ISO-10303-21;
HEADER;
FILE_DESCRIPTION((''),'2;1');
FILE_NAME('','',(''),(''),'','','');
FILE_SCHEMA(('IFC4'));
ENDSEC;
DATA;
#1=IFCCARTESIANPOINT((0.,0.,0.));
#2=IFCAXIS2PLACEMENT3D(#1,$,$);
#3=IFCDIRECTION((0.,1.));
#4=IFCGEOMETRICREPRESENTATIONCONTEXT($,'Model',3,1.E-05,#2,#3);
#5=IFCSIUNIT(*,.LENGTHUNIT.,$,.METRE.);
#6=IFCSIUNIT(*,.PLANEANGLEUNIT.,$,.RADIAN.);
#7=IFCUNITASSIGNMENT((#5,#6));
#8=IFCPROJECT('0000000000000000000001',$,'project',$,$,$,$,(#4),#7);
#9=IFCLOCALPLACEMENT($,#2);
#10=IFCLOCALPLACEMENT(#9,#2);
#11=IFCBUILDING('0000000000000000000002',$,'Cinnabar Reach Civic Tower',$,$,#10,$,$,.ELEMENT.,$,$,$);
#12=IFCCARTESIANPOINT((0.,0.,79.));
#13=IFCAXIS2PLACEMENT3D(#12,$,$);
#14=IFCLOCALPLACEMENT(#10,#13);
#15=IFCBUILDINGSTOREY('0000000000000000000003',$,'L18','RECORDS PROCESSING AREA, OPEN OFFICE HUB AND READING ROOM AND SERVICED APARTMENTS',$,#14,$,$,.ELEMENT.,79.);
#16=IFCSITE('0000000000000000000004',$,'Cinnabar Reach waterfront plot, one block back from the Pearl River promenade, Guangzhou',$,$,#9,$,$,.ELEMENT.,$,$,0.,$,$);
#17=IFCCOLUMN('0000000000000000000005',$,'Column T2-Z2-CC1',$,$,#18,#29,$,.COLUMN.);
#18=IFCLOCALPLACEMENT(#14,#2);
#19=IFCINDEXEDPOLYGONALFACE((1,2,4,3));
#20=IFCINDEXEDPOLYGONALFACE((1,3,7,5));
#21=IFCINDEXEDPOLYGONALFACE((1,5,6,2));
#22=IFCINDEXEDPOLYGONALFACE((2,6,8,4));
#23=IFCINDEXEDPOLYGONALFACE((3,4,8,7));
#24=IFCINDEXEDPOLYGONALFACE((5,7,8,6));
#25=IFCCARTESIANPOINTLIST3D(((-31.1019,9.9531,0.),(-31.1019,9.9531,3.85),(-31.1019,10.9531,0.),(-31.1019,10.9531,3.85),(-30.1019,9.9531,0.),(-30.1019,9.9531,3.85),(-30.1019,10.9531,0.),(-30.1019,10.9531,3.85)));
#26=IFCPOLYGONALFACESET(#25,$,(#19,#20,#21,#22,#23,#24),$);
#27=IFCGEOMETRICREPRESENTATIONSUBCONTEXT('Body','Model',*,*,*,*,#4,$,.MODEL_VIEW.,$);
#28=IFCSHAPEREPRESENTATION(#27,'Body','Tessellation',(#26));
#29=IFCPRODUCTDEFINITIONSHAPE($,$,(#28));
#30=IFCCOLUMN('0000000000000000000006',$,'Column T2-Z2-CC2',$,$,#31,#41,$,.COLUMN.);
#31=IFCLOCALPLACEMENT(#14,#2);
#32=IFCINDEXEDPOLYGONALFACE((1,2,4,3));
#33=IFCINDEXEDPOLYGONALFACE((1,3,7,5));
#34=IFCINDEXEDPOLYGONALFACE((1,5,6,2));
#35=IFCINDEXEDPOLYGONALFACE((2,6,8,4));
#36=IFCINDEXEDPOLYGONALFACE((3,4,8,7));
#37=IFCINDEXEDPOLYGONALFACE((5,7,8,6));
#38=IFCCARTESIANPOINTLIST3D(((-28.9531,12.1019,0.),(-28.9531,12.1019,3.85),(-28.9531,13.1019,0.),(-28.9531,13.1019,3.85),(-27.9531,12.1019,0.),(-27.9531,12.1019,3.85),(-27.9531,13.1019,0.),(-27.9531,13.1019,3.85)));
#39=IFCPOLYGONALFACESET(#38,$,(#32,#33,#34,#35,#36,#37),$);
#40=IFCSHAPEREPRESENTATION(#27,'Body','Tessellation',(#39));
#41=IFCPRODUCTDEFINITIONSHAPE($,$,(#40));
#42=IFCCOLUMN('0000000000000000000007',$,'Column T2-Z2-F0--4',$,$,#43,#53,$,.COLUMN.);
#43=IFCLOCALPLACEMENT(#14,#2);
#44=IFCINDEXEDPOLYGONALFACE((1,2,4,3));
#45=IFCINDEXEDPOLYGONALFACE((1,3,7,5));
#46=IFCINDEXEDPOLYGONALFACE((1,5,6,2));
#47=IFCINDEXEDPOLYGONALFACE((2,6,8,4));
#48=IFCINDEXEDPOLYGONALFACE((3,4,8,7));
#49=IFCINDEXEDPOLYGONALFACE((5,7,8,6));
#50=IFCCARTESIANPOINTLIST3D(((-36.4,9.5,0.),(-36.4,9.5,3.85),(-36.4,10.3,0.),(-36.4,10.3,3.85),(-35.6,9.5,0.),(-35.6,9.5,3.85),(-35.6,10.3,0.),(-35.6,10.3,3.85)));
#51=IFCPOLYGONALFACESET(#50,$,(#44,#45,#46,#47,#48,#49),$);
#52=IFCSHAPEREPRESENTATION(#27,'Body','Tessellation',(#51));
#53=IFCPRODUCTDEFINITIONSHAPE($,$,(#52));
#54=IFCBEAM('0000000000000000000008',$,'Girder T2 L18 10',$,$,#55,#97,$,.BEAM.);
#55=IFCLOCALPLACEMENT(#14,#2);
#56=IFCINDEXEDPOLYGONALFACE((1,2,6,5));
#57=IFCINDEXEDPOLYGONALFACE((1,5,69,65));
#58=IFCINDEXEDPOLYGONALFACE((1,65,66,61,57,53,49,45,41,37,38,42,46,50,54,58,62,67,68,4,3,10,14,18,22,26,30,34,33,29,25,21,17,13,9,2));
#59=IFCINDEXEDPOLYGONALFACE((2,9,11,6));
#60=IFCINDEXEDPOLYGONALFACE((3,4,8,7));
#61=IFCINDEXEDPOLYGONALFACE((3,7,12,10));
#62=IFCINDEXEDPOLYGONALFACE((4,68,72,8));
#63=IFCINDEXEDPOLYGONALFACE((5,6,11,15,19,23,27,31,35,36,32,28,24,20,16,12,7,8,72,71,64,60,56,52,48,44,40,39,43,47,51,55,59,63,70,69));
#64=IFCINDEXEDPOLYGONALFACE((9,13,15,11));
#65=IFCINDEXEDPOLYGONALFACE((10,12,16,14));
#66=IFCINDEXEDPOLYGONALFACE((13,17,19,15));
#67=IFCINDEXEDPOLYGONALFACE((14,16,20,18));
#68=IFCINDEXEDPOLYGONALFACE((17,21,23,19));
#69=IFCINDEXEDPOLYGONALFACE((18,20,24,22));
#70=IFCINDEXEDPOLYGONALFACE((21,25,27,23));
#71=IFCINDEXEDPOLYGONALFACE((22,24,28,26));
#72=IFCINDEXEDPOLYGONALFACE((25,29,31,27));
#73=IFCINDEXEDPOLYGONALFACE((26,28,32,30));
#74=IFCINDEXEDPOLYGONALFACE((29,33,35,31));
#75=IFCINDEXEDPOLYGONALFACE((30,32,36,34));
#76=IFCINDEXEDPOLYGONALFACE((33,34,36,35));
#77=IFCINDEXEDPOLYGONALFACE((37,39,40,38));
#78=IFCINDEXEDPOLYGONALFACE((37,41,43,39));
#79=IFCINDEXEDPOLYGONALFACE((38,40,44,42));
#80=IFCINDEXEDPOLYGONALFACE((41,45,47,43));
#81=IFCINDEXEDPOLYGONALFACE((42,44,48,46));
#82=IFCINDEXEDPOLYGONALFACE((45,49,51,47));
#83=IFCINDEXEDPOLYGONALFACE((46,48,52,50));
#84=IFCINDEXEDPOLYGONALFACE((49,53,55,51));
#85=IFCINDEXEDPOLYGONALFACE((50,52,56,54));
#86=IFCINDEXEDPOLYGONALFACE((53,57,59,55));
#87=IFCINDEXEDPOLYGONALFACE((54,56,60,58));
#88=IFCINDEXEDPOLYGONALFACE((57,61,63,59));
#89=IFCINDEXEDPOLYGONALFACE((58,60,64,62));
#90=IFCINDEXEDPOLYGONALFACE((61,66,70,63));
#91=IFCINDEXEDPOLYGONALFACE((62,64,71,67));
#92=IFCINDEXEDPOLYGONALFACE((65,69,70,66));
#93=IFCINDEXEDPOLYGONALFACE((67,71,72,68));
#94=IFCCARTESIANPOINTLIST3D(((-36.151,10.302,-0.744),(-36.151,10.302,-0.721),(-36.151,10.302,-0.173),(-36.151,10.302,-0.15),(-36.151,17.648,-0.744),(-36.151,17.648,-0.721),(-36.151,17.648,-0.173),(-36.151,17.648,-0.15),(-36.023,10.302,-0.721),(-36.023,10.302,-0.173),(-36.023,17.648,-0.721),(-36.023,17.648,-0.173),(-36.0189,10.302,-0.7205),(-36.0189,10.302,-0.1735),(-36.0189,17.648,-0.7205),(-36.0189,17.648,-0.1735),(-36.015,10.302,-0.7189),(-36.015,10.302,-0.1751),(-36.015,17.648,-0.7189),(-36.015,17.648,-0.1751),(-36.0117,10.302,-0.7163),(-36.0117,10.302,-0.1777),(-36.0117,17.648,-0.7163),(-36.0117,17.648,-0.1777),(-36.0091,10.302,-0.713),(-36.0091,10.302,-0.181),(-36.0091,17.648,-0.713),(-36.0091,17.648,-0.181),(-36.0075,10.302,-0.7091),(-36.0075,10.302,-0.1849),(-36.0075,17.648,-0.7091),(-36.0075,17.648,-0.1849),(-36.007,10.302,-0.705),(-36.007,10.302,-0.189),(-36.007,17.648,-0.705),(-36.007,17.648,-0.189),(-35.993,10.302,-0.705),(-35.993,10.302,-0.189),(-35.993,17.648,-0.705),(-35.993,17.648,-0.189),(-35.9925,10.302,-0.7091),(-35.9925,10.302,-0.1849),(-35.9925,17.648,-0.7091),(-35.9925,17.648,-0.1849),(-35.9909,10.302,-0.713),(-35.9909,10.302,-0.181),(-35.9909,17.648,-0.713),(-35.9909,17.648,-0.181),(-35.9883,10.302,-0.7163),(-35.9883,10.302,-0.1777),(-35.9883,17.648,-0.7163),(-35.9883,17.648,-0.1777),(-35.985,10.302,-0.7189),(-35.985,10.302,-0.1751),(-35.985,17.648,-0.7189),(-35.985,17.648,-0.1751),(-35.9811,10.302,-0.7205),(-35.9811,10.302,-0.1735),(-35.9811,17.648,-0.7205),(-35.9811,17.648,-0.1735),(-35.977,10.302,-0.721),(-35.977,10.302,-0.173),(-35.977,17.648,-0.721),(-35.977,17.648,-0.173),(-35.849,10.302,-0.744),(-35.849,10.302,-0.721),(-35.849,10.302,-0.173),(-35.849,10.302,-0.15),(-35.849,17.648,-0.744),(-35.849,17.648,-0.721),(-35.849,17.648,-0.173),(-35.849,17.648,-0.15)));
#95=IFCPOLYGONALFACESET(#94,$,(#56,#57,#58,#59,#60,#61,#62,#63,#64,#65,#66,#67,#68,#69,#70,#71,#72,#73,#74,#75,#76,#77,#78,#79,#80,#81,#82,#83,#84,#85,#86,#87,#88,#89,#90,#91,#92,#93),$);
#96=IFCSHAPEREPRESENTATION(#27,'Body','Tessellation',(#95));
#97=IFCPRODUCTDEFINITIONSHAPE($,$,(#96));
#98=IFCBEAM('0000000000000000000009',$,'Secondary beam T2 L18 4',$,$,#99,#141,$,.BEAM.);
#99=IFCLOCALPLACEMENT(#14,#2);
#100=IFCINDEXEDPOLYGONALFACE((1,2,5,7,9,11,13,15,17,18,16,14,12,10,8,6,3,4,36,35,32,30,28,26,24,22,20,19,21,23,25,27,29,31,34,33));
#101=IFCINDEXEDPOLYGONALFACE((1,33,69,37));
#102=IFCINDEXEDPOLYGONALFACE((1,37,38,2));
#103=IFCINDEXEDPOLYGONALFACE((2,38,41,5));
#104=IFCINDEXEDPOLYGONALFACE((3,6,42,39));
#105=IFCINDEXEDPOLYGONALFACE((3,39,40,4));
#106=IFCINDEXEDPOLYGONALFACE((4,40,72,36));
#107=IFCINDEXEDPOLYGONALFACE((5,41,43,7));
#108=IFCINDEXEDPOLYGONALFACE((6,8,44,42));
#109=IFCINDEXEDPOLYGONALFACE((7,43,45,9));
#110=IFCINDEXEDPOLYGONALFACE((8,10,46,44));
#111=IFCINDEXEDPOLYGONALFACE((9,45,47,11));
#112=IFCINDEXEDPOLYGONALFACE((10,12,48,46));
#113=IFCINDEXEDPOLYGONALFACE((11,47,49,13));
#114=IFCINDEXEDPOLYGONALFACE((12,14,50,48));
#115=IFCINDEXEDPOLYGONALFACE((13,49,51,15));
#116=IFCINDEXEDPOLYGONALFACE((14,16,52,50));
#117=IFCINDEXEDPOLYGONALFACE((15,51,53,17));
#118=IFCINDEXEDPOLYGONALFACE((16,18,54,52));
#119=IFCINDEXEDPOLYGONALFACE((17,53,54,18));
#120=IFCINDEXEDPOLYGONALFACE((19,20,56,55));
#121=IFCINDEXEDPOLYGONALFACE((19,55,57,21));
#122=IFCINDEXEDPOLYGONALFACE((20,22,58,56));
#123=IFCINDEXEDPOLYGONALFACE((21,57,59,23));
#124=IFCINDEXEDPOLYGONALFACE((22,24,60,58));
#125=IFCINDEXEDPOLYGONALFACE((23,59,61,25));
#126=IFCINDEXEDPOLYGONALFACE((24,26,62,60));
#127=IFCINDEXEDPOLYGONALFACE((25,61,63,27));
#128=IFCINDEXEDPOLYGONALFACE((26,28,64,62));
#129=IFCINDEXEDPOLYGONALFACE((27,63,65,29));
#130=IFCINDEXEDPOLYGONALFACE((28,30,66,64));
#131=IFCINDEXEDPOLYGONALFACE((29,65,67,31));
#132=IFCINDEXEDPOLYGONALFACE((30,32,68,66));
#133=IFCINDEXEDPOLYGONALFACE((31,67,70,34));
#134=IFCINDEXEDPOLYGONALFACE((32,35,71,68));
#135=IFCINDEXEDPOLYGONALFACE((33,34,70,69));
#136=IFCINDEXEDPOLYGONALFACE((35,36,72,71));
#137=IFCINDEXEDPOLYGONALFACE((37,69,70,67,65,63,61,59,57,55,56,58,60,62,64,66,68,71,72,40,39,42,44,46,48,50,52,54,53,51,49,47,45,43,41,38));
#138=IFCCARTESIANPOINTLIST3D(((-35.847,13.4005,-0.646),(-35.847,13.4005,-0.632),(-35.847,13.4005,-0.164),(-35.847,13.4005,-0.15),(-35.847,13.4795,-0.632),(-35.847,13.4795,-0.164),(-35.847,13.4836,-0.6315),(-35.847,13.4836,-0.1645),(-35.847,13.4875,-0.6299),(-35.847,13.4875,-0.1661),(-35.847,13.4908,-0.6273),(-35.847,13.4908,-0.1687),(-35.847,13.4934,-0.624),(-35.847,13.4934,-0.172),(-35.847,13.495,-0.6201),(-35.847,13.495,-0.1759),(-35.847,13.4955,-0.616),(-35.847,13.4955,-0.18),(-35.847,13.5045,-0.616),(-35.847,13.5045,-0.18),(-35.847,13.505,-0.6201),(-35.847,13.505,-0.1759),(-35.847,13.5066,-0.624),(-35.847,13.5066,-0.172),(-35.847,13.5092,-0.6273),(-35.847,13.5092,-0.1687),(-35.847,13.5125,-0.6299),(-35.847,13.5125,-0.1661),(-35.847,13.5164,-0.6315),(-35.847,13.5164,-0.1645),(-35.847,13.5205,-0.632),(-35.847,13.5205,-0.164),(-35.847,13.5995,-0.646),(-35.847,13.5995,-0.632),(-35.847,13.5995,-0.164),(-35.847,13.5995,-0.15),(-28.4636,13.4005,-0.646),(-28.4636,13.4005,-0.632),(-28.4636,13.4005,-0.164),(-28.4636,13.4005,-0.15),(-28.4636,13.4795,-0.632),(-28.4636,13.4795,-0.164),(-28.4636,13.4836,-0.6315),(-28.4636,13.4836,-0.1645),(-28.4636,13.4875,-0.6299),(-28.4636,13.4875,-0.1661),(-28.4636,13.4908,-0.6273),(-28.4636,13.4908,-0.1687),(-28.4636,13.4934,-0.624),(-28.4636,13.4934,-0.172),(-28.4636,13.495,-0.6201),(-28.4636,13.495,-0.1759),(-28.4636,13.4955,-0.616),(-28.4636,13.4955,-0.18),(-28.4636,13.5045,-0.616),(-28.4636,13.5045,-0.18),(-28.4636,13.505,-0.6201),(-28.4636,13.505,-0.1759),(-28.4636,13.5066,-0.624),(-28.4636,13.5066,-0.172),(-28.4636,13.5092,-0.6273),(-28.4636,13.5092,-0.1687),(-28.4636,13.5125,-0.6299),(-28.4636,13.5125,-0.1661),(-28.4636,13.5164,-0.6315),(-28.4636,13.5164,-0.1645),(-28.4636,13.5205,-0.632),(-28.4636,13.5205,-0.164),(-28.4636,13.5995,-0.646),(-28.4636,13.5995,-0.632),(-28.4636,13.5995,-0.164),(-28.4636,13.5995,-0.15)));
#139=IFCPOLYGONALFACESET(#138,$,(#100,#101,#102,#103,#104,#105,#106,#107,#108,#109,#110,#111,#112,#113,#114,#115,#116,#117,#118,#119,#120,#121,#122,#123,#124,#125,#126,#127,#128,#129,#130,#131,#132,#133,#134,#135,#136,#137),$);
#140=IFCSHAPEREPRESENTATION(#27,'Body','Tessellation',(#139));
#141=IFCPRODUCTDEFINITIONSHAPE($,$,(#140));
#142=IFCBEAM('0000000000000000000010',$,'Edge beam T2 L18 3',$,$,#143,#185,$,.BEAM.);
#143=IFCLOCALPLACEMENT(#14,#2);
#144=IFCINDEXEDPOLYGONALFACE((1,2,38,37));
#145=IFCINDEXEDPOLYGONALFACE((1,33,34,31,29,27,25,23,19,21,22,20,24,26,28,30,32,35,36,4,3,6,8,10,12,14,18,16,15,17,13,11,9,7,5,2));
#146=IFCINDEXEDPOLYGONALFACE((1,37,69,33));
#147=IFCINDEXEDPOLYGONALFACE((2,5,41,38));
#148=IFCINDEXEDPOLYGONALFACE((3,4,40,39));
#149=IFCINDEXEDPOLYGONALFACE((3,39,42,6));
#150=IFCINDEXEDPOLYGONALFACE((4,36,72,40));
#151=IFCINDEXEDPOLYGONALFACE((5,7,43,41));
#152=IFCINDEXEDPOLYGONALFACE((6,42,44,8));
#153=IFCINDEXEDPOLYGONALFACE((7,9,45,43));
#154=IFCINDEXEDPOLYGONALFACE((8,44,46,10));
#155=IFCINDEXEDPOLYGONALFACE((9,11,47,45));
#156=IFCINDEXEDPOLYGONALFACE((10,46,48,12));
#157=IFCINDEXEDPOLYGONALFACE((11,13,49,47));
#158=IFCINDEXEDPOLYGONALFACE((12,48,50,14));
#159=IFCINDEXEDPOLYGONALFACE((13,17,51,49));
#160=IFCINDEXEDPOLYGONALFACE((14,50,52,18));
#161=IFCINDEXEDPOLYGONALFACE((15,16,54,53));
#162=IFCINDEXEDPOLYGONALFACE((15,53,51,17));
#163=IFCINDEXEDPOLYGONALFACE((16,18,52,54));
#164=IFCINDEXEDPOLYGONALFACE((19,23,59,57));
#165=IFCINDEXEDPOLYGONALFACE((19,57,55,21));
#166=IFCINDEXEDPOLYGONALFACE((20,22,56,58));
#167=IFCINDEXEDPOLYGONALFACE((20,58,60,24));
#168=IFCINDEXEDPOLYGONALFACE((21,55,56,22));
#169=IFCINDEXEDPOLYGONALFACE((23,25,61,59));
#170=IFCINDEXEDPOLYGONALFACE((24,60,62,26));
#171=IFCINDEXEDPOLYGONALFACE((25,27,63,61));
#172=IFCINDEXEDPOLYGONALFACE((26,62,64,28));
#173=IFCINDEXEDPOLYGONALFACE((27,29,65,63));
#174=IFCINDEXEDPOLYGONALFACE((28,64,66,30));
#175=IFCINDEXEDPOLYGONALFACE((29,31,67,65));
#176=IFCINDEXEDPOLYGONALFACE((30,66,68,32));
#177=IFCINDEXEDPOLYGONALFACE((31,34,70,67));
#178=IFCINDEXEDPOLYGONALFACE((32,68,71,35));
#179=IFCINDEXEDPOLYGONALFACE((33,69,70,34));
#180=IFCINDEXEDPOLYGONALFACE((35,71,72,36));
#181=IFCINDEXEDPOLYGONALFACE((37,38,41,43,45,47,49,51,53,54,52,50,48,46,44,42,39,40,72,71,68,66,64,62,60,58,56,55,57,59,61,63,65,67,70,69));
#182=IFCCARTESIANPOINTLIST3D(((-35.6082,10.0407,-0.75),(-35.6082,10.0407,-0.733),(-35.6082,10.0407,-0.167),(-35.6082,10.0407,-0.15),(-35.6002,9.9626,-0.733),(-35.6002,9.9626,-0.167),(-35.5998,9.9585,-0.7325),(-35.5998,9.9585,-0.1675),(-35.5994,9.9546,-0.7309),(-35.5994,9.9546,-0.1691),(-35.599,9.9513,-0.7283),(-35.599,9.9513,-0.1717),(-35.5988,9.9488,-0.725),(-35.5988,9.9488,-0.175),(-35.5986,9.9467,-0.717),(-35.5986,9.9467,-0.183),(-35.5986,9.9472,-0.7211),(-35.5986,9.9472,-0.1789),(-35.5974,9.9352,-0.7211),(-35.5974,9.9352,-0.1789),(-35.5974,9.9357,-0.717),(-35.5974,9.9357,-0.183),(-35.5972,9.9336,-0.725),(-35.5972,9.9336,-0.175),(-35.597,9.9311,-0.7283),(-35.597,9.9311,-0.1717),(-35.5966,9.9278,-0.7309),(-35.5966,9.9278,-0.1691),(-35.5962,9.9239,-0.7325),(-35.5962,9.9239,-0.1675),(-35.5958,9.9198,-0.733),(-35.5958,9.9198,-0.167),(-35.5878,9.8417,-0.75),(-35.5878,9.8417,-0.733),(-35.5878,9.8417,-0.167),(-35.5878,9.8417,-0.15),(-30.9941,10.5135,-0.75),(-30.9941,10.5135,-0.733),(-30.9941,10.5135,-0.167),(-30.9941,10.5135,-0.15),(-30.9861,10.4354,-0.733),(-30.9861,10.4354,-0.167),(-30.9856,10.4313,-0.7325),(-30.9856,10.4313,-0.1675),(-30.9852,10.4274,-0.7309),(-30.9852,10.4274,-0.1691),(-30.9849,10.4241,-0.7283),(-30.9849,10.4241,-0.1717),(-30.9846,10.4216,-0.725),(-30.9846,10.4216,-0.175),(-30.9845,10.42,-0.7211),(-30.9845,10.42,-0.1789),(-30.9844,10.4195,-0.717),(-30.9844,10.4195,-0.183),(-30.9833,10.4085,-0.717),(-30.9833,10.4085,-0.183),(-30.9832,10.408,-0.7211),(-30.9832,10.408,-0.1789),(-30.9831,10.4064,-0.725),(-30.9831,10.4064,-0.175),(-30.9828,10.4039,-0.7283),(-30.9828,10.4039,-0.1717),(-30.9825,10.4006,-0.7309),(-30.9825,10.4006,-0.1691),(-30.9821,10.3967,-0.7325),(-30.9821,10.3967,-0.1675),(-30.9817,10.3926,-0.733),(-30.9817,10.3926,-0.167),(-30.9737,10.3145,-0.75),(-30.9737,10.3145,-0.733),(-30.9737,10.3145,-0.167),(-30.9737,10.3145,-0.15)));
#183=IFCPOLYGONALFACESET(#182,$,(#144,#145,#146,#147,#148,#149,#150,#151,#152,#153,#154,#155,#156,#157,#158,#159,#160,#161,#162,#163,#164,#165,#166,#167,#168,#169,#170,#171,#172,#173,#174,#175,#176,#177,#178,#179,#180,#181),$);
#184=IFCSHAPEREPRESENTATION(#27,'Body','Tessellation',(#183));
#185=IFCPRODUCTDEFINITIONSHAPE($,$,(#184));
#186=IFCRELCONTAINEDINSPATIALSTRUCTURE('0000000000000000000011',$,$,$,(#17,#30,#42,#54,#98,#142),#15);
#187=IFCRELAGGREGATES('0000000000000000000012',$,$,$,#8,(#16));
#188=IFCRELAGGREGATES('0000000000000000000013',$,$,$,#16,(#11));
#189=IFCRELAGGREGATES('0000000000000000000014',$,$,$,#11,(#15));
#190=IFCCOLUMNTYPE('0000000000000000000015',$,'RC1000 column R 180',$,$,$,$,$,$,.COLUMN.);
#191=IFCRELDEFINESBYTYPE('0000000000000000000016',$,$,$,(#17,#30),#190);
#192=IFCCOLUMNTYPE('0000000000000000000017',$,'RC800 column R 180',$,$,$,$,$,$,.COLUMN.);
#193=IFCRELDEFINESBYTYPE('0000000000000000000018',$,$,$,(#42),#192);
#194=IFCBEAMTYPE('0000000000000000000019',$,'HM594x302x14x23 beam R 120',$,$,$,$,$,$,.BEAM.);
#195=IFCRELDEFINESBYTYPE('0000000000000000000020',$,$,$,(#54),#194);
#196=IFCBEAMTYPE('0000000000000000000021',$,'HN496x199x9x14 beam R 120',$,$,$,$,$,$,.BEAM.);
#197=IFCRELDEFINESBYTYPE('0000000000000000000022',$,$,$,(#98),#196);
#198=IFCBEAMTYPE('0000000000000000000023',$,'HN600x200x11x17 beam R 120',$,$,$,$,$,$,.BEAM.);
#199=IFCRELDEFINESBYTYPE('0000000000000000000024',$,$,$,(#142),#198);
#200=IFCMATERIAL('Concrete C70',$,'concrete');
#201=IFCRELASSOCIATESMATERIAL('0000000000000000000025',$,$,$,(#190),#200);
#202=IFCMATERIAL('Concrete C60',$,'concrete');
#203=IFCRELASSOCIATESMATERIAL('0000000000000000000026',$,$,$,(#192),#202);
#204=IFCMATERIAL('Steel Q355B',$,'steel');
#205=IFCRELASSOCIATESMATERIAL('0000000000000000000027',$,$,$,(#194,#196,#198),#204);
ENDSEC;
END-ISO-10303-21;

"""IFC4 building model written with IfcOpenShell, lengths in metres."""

from ifc_helpers import new_model, si_unit, direction, frame, origin, origin_2d, place, context, subcontext, project, spatial, rectangle, i_section, extrude, material, material_profile, profile_set, type_object, element, save


model = new_model("IFC4")

# Units and contexts
model_context = context("Model", 3, precision=1e-05, world=origin(), true_north=direction((0.0, 1.0)))
body_context = subcontext(model_context, "Body", "Model", "MODEL_VIEW")
ifc_project = project(units=[si_unit("LENGTHUNIT", "METRE"), si_unit("PLANEANGLEUNIT", "RADIAN")], contexts=[model_context])

# Site, building, storey
site_placement = place(None, origin())
site = spatial("IfcSite", under=ifc_project, at=site_placement, Name="Cinnabar Reach waterfront plot, one block back from the Pearl River promenade, Guangzhou", CompositionType="ELEMENT", RefElevation=0.0)
building_placement = place(site_placement, origin())
building = spatial("IfcBuilding", under=site, at=building_placement, Name="Cinnabar Reach Civic Tower", CompositionType="ELEMENT")
storey_placement = place(building_placement, frame((0.0, 0.0, 79.0)))
storey = spatial("IfcBuildingStorey", under=building, at=storey_placement, Name="L18", Description="RECORDS PROCESSING AREA, OPEN OFFICE HUB AND READING ROOM AND SERVICED APARTMENTS", CompositionType="ELEMENT", Elevation=79.0)

# Columns
ifc_material_1 = material(Name="Concrete C70", Category="concrete")
ifc_material_profile_1 = material_profile(ifc_material_1, rectangle(XDim=1.0, YDim=1.0, at=origin_2d()), Name="RC1000")
ifc_profile_set_1 = profile_set([ifc_material_profile_1], Name="Concrete C70")
column_type_1 = type_object("IfcColumnType", Name="RC1000 column R 180", PredefinedType="COLUMN", material=ifc_profile_set_1)
for number, where, z_axis, x_axis, name in (
    (1, (-30.6019, 10.4531, 0.0), (0.0, 0.0, 1.0), (1.0, 0.0, 0.0), "Column T2-Z2-CC1"),
    (2, (-28.4531, 12.6019, 0.0), (0.0, 0.0, 1.0), (1.0, 0.0, 0.0), "Column T2-Z2-CC2"),
):
    element("IfcColumn", number, at=place(storey_placement, frame(where, z_axis=z_axis, x_axis=x_axis)), inside=storey, type_object=column_type_1, Name=name, PredefinedType="COLUMN", context=body_context, shape_type="SweptSolid", body=[
        extrude(rectangle(XDim=1.0, YDim=1.0, at=origin_2d()), origin(), (0.0, 0.0, 1.0), 3.85),
    ])
ifc_material_2 = material(Name="Concrete C60", Category="concrete")
ifc_material_profile_2 = material_profile(ifc_material_2, rectangle(XDim=0.8, YDim=0.8, at=origin_2d()), Name="RC800")
ifc_profile_set_2 = profile_set([ifc_material_profile_2], Name="Concrete C60")
column_type_2 = type_object("IfcColumnType", Name="RC800 column R 180", PredefinedType="COLUMN", material=ifc_profile_set_2)
column_placement = place(storey_placement, frame((-36.0, 9.9, 0.0), z_axis=(0.0, 0.0, 1.0), x_axis=(1.0, 0.0, 0.0)))
element("IfcColumn", 3, at=column_placement, inside=storey, type_object=column_type_2, Name="Column T2-Z2-F0--4", PredefinedType="COLUMN", context=body_context, shape_type="SweptSolid", body=[
    extrude(rectangle(XDim=0.8, YDim=0.8, at=origin_2d()), origin(), (0.0, 0.0, 1.0), 3.85),
])

# Beams
ifc_material_3 = material(Name="Steel Q355B", Category="steel")
ifc_material_profile_3 = material_profile(ifc_material_3, i_section(OverallWidth=0.302, OverallDepth=0.594, WebThickness=0.014, FlangeThickness=0.023, FilletRadius=0.016, at=origin_2d()), Name="HM594x302x14x23")
ifc_profile_set_3 = profile_set([ifc_material_profile_3], Name="Steel Q355B")
beam_type_1 = type_object("IfcBeamType", Name="HM594x302x14x23 beam R 120", PredefinedType="BEAM", material=ifc_profile_set_3)
beam_1_placement = place(storey_placement, frame((-36.0, 10.302, -0.447), z_axis=(0.0, 1.0, 0.0), x_axis=(-1.0, 0.0, 0.0)))
element("IfcBeam", 4, at=beam_1_placement, inside=storey, type_object=beam_type_1, Name="Girder T2 L18 10", PredefinedType="BEAM", context=body_context, shape_type="SweptSolid", body=[
    extrude(i_section(OverallWidth=0.302, OverallDepth=0.594, WebThickness=0.014, FlangeThickness=0.023, FilletRadius=0.016, at=origin_2d()), origin(), (0.0, 0.0, 1.0), 7.346),
])
ifc_material_profile_4 = material_profile(ifc_material_3, i_section(OverallWidth=0.199, OverallDepth=0.496, WebThickness=0.009, FlangeThickness=0.014, FilletRadius=0.016, at=origin_2d()), Name="HN496x199x9x14")
ifc_profile_set_4 = profile_set([ifc_material_profile_4], Name="Steel Q355B")
beam_type_2 = type_object("IfcBeamType", Name="HN496x199x9x14 beam R 120", PredefinedType="BEAM", material=ifc_profile_set_4)
beam_2_placement = place(storey_placement, frame((-35.847, 13.5, -0.398), z_axis=(1.0, 0.0, 0.0), x_axis=(0.0, 1.0, 0.0)))
element("IfcBeam", 5, at=beam_2_placement, inside=storey, type_object=beam_type_2, Name="Secondary beam T2 L18 4", PredefinedType="BEAM", context=body_context, shape_type="SweptSolid", body=[
    extrude(i_section(OverallWidth=0.199, OverallDepth=0.496, WebThickness=0.009, FlangeThickness=0.014, FilletRadius=0.016, at=origin_2d()), origin(), (0.0, 0.0, 1.0), 7.3834),
])
ifc_material_profile_5 = material_profile(ifc_material_3, i_section(OverallWidth=0.2, OverallDepth=0.6, WebThickness=0.011, FlangeThickness=0.017, FilletRadius=0.016, at=origin_2d()), Name="HN600x200x11x17")
ifc_profile_set_5 = profile_set([ifc_material_profile_5], Name="Steel Q355B")
beam_type_3 = type_object("IfcBeamType", Name="HN600x200x11x17 beam R 120", PredefinedType="BEAM", material=ifc_profile_set_5)
beam_3_placement = place(storey_placement, frame((-35.598, 9.9412, -0.45), z_axis=(0.994791, 0.101935, 0.0), x_axis=(-0.101935, 0.994791, 0.0)))
element("IfcBeam", 6, at=beam_3_placement, inside=storey, type_object=beam_type_3, Name="Edge beam T2 L18 3", PredefinedType="BEAM", context=body_context, shape_type="SweptSolid", body=[
    extrude(i_section(OverallWidth=0.2, OverallDepth=0.6, WebThickness=0.011, FlangeThickness=0.017, FilletRadius=0.016, at=origin_2d()), origin(), (0.0, 0.0, 1.0), 4.6383),
])

save(model, "model.ifc")
